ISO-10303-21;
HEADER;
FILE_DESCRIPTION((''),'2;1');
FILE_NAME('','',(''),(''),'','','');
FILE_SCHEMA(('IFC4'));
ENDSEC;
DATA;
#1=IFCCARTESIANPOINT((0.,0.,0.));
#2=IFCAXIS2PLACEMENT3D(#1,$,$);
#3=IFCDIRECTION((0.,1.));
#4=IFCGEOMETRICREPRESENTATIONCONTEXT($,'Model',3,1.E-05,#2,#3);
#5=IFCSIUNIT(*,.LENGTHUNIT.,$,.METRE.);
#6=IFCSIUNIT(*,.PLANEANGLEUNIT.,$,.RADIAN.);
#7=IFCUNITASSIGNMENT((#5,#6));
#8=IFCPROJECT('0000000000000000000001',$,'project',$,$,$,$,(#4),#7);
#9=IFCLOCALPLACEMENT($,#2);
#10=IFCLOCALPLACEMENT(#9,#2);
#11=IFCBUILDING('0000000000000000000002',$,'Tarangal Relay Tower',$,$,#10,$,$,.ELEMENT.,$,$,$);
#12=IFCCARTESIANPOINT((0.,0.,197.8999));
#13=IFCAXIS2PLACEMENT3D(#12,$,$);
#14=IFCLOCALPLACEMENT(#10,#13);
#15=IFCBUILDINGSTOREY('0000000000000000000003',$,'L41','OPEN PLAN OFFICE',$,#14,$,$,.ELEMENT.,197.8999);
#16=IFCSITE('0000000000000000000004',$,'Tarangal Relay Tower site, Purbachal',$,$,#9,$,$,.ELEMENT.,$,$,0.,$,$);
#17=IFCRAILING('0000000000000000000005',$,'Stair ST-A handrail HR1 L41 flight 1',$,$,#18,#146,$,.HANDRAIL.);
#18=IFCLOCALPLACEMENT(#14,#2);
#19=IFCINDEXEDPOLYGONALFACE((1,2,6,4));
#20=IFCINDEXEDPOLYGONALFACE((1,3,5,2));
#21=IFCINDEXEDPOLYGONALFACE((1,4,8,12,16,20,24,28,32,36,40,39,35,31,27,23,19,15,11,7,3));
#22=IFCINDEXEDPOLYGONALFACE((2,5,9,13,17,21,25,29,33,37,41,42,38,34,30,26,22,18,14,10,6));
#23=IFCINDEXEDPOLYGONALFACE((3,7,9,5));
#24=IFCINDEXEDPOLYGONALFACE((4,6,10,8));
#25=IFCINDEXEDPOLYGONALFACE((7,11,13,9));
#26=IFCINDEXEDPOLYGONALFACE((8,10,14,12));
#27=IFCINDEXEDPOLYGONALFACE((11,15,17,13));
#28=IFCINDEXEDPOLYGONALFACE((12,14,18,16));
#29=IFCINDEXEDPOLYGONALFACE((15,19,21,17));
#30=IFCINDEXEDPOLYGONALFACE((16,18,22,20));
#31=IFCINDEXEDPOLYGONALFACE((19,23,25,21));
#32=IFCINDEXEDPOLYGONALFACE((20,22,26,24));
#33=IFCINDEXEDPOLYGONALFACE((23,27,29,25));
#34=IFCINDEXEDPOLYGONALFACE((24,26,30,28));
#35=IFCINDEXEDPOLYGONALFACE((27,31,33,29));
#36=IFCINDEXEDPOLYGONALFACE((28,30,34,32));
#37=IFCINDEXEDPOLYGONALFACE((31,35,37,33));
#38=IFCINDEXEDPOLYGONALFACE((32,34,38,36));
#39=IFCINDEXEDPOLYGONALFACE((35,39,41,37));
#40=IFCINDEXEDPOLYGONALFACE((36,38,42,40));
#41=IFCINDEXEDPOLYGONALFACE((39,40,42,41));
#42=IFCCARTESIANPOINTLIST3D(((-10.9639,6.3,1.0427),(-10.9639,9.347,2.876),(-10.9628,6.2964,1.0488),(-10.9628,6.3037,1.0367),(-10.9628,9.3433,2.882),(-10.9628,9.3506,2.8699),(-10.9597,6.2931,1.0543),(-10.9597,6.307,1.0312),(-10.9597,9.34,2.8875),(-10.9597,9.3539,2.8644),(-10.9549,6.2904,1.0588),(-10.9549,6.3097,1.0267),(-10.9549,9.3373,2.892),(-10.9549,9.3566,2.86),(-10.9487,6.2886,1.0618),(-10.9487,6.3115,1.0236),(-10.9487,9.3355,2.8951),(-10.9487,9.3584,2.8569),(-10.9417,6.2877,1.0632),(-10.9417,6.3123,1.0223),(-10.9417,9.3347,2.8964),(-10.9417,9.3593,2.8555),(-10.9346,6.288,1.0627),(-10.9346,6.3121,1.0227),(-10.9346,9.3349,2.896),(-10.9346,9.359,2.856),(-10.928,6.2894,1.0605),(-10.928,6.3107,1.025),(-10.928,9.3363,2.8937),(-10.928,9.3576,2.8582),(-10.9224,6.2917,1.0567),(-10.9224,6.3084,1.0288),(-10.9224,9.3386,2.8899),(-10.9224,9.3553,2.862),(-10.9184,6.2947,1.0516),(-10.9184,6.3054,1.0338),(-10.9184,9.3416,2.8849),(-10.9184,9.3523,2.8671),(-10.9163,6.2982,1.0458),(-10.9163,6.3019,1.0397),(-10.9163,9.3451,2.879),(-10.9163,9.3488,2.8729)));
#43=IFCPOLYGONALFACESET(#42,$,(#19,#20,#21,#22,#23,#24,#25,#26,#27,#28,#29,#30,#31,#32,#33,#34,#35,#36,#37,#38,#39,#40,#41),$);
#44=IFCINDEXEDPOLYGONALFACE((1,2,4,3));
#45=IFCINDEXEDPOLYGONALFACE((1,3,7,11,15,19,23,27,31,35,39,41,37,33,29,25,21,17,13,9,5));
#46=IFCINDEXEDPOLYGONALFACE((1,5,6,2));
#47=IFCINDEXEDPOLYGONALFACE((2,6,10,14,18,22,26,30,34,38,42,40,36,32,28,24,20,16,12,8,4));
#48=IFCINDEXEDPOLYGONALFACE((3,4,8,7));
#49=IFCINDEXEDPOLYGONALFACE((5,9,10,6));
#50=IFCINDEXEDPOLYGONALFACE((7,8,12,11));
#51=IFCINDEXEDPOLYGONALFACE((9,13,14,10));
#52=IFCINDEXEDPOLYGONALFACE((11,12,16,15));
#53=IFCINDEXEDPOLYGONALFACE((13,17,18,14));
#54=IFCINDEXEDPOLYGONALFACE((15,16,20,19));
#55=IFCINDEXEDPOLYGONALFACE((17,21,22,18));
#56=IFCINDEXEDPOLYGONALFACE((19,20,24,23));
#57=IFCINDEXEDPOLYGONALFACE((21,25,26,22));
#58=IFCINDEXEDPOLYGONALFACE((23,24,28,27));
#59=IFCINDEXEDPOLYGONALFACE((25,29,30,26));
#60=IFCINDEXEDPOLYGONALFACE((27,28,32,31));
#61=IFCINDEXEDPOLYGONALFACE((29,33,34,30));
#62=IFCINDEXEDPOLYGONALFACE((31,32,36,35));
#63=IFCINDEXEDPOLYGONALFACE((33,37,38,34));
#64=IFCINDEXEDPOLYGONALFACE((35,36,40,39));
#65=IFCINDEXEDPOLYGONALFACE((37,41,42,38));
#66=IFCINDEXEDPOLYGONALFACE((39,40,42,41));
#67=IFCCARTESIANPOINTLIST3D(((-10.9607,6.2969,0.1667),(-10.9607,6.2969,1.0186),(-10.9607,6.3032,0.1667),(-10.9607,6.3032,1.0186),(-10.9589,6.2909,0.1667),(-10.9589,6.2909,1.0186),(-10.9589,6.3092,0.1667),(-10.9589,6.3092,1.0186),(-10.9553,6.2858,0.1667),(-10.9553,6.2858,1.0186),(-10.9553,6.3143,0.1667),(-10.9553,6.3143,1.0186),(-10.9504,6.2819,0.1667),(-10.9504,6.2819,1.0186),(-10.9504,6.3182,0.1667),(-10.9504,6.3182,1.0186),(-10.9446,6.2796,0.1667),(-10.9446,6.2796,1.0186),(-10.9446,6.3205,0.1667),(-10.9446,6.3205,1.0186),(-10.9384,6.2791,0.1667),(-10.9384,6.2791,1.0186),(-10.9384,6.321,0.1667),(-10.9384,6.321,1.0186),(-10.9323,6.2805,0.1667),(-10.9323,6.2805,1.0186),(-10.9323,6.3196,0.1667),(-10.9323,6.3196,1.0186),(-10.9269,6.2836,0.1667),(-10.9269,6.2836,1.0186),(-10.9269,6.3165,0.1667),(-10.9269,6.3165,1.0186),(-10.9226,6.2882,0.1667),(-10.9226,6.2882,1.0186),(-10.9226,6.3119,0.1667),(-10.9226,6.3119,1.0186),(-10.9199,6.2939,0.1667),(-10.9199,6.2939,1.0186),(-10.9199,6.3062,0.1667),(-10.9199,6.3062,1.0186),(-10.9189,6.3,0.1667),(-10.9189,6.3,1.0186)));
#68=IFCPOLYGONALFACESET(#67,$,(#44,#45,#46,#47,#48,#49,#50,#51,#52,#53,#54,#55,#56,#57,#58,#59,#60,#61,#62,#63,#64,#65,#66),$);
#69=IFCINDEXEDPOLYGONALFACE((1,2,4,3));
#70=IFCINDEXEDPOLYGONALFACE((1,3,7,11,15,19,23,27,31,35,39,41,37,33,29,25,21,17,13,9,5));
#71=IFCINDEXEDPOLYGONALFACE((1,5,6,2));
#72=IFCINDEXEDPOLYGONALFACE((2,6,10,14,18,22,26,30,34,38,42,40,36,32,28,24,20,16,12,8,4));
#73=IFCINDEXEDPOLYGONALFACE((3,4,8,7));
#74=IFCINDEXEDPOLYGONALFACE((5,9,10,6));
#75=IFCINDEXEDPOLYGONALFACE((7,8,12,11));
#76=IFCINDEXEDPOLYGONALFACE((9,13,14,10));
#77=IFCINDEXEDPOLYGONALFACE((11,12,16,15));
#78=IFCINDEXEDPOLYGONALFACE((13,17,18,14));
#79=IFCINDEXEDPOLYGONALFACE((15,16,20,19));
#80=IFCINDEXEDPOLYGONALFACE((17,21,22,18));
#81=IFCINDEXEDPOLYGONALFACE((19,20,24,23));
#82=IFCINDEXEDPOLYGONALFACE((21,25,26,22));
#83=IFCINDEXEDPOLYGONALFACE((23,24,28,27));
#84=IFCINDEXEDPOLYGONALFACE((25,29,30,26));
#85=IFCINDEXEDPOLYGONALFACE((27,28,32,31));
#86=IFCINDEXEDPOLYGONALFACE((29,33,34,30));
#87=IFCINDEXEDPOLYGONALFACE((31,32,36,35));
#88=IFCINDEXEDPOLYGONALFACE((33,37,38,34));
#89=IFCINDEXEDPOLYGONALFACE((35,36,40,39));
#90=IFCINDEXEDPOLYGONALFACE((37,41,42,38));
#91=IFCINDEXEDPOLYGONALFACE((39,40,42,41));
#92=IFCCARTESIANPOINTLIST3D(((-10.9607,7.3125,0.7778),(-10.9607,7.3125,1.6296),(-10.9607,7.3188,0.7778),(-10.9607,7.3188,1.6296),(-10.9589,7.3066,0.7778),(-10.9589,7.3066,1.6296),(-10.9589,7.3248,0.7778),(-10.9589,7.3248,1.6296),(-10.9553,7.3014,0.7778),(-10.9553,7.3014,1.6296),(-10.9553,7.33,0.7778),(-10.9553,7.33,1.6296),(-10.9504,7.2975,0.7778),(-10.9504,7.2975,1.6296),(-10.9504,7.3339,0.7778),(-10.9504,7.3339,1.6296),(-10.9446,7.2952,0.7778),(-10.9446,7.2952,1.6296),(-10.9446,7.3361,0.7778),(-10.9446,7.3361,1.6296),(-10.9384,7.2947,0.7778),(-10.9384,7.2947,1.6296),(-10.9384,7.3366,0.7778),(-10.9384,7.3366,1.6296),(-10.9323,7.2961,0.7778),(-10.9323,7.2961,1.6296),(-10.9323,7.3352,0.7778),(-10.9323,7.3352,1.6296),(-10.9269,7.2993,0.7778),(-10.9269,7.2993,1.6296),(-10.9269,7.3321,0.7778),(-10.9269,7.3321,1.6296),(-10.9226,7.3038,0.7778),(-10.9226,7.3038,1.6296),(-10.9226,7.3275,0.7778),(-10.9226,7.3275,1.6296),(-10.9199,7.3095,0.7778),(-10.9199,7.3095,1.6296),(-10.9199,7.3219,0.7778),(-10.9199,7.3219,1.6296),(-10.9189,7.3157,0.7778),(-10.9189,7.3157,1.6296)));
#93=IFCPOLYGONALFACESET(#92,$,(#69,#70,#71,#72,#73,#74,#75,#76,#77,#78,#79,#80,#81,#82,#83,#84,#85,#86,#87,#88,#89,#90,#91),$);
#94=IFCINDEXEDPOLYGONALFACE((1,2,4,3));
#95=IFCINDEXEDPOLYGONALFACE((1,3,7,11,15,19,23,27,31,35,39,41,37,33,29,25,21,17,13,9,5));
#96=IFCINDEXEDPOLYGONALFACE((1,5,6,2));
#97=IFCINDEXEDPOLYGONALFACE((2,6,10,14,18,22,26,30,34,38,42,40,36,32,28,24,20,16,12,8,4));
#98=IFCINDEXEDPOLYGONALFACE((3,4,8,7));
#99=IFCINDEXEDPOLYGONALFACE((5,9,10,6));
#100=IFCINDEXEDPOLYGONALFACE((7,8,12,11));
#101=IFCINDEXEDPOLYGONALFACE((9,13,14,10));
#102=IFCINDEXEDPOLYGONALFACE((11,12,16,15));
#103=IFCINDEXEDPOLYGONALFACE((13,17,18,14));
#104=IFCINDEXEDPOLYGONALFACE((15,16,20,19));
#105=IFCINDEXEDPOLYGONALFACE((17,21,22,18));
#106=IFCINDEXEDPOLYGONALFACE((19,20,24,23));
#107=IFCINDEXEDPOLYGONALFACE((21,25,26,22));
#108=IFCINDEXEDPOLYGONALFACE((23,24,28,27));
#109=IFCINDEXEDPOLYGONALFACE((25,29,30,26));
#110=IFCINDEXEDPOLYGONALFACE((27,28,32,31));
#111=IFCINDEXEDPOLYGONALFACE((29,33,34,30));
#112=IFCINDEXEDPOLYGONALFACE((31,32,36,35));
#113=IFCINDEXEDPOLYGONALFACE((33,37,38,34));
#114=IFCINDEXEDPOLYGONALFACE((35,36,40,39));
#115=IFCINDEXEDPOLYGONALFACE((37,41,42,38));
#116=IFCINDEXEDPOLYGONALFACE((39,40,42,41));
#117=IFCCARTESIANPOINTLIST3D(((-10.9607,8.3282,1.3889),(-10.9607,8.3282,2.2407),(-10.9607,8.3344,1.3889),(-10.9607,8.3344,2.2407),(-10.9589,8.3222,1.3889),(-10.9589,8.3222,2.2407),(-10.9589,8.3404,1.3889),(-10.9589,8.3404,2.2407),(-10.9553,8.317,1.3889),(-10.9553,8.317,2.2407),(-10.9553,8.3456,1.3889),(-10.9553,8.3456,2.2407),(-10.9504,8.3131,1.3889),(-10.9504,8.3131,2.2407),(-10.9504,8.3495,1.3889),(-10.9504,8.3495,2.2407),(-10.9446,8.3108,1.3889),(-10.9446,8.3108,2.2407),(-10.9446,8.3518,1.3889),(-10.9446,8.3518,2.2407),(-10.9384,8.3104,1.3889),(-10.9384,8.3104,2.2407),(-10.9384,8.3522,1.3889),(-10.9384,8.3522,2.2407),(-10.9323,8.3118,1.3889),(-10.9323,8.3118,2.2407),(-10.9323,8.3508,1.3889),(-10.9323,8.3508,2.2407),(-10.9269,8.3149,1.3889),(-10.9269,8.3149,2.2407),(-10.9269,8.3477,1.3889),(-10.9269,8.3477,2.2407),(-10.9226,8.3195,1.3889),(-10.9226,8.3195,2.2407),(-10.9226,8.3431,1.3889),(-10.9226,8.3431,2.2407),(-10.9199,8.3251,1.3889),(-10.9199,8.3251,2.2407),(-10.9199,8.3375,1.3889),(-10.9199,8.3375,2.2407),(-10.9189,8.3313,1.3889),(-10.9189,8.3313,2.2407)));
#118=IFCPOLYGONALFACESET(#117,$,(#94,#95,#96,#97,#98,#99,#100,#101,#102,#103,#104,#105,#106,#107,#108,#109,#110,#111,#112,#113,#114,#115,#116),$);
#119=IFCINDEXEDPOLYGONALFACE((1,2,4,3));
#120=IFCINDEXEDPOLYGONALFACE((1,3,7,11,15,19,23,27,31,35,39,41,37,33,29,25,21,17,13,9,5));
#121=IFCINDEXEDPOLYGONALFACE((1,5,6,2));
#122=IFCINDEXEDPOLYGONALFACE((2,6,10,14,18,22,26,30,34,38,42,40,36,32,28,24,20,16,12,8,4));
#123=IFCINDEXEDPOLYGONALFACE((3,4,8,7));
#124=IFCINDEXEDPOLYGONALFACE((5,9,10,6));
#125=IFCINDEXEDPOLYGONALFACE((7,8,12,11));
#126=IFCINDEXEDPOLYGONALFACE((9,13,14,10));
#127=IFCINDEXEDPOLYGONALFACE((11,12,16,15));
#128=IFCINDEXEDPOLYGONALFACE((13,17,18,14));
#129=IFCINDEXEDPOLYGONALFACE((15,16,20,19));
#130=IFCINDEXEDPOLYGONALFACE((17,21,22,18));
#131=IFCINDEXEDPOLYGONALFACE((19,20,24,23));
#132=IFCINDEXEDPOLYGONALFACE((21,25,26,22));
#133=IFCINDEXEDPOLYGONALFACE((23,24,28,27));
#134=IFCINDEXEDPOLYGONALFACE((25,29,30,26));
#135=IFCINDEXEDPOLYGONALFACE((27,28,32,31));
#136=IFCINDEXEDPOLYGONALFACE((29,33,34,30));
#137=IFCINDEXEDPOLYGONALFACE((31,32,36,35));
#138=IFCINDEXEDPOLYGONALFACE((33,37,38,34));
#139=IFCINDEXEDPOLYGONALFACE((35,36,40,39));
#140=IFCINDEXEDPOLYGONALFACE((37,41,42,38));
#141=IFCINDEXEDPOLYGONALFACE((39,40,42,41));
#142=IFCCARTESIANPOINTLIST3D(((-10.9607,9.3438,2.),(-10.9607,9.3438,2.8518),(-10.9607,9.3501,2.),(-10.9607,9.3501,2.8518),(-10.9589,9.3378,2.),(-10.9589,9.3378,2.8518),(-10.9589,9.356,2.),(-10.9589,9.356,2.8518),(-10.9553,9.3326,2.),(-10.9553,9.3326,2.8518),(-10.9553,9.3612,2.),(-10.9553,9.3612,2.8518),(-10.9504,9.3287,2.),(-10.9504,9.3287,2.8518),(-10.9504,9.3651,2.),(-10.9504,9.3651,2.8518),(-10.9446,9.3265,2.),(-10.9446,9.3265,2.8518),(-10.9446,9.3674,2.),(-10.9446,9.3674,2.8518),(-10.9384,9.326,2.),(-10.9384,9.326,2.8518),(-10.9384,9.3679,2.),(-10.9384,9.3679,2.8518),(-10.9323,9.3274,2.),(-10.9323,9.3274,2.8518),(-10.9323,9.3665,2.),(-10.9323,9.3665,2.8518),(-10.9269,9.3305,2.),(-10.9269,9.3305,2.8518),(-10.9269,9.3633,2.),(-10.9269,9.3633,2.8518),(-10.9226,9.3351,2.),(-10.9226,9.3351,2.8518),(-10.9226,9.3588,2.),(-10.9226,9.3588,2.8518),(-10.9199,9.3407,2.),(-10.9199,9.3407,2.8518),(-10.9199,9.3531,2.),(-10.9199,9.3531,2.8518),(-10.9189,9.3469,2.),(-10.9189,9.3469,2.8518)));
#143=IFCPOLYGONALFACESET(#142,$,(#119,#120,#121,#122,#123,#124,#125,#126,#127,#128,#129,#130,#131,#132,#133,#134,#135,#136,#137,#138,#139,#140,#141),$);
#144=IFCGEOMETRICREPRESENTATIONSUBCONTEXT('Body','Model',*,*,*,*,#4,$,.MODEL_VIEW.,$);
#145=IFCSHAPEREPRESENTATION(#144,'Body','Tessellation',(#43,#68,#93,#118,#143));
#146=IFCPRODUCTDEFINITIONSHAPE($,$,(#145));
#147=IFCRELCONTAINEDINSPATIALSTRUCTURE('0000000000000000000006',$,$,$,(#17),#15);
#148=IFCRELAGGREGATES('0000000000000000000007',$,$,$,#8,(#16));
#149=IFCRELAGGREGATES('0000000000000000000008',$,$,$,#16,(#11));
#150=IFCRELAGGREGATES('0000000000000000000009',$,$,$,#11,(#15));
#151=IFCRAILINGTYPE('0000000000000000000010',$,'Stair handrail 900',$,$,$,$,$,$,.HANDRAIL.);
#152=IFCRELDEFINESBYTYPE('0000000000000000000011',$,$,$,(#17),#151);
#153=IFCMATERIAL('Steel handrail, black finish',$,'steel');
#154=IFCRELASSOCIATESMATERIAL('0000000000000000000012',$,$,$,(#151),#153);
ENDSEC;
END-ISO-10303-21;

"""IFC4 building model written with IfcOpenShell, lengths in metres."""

from ifc_helpers import new_model, si_unit, direction, frame, origin, origin_2d, place, context, subcontext, project, spatial, circle, extrude, material, type_object, element, save


model = new_model("IFC4")

# Units and contexts
model_context = context("Model", 3, precision=1e-05, world=origin(), true_north=direction((0.0, 1.0)))
body_context = subcontext(model_context, "Body", "Model", "MODEL_VIEW")
ifc_project = project(units=[si_unit("LENGTHUNIT", "METRE"), si_unit("PLANEANGLEUNIT", "RADIAN")], contexts=[model_context])

# Site, building, storey
site_placement = place(None, origin())
site = spatial("IfcSite", under=ifc_project, at=site_placement, Name="Tarangal Relay Tower site, Purbachal", CompositionType="ELEMENT", RefElevation=0.0)
building_placement = place(site_placement, origin())
building = spatial("IfcBuilding", under=site, at=building_placement, Name="Tarangal Relay Tower", CompositionType="ELEMENT")
storey_placement = place(building_placement, frame((0.0, 0.0, 197.8999)))
storey = spatial("IfcBuildingStorey", under=building, at=storey_placement, Name="L41", Description="OPEN PLAN OFFICE", CompositionType="ELEMENT", Elevation=197.8999)

# Railing
ifc_material_1 = material(Name="Steel handrail, black finish", Category="steel")
railing_type_1 = type_object("IfcRailingType", Name="Stair handrail 900", PredefinedType="HANDRAIL", material=ifc_material_1)
railing_1_placement = place(storey_placement, frame((-10.9399, 6.3, 0.1667)))
element("IfcRailing", 1, at=railing_1_placement, inside=storey, type_object=railing_type_1, Name="Stair ST-A handrail HR1 L41 flight 1", PredefinedType="HANDRAIL", context=body_context, shape_type="SweptSolid", body=[
    extrude(circle(Radius=0.0239, at=origin_2d()), frame((0.0, 0.0, 0.876), z_axis=(0.0, 0.856856, 0.515556), x_axis=(-1.0, 0.0, 0.0)), (0.0, 0.0, 1.0), 3.5559),
    extrude(circle(Radius=0.021, at=origin_2d()), origin(), (0.0, 0.0, 1.0), 0.8518),
    extrude(circle(Radius=0.021, at=origin_2d()), frame((0.0, 1.0156, 0.6111)), (0.0, 0.0, 1.0), 0.8518),
    extrude(circle(Radius=0.021, at=origin_2d()), frame((0.0, 2.0312, 1.2222)), (0.0, 0.0, 1.0), 0.8518),
    extrude(circle(Radius=0.021, at=origin_2d()), frame((0.0, 3.0469, 1.8333)), (0.0, 0.0, 1.0), 0.8518),
])

save(model, "model.ifc")
